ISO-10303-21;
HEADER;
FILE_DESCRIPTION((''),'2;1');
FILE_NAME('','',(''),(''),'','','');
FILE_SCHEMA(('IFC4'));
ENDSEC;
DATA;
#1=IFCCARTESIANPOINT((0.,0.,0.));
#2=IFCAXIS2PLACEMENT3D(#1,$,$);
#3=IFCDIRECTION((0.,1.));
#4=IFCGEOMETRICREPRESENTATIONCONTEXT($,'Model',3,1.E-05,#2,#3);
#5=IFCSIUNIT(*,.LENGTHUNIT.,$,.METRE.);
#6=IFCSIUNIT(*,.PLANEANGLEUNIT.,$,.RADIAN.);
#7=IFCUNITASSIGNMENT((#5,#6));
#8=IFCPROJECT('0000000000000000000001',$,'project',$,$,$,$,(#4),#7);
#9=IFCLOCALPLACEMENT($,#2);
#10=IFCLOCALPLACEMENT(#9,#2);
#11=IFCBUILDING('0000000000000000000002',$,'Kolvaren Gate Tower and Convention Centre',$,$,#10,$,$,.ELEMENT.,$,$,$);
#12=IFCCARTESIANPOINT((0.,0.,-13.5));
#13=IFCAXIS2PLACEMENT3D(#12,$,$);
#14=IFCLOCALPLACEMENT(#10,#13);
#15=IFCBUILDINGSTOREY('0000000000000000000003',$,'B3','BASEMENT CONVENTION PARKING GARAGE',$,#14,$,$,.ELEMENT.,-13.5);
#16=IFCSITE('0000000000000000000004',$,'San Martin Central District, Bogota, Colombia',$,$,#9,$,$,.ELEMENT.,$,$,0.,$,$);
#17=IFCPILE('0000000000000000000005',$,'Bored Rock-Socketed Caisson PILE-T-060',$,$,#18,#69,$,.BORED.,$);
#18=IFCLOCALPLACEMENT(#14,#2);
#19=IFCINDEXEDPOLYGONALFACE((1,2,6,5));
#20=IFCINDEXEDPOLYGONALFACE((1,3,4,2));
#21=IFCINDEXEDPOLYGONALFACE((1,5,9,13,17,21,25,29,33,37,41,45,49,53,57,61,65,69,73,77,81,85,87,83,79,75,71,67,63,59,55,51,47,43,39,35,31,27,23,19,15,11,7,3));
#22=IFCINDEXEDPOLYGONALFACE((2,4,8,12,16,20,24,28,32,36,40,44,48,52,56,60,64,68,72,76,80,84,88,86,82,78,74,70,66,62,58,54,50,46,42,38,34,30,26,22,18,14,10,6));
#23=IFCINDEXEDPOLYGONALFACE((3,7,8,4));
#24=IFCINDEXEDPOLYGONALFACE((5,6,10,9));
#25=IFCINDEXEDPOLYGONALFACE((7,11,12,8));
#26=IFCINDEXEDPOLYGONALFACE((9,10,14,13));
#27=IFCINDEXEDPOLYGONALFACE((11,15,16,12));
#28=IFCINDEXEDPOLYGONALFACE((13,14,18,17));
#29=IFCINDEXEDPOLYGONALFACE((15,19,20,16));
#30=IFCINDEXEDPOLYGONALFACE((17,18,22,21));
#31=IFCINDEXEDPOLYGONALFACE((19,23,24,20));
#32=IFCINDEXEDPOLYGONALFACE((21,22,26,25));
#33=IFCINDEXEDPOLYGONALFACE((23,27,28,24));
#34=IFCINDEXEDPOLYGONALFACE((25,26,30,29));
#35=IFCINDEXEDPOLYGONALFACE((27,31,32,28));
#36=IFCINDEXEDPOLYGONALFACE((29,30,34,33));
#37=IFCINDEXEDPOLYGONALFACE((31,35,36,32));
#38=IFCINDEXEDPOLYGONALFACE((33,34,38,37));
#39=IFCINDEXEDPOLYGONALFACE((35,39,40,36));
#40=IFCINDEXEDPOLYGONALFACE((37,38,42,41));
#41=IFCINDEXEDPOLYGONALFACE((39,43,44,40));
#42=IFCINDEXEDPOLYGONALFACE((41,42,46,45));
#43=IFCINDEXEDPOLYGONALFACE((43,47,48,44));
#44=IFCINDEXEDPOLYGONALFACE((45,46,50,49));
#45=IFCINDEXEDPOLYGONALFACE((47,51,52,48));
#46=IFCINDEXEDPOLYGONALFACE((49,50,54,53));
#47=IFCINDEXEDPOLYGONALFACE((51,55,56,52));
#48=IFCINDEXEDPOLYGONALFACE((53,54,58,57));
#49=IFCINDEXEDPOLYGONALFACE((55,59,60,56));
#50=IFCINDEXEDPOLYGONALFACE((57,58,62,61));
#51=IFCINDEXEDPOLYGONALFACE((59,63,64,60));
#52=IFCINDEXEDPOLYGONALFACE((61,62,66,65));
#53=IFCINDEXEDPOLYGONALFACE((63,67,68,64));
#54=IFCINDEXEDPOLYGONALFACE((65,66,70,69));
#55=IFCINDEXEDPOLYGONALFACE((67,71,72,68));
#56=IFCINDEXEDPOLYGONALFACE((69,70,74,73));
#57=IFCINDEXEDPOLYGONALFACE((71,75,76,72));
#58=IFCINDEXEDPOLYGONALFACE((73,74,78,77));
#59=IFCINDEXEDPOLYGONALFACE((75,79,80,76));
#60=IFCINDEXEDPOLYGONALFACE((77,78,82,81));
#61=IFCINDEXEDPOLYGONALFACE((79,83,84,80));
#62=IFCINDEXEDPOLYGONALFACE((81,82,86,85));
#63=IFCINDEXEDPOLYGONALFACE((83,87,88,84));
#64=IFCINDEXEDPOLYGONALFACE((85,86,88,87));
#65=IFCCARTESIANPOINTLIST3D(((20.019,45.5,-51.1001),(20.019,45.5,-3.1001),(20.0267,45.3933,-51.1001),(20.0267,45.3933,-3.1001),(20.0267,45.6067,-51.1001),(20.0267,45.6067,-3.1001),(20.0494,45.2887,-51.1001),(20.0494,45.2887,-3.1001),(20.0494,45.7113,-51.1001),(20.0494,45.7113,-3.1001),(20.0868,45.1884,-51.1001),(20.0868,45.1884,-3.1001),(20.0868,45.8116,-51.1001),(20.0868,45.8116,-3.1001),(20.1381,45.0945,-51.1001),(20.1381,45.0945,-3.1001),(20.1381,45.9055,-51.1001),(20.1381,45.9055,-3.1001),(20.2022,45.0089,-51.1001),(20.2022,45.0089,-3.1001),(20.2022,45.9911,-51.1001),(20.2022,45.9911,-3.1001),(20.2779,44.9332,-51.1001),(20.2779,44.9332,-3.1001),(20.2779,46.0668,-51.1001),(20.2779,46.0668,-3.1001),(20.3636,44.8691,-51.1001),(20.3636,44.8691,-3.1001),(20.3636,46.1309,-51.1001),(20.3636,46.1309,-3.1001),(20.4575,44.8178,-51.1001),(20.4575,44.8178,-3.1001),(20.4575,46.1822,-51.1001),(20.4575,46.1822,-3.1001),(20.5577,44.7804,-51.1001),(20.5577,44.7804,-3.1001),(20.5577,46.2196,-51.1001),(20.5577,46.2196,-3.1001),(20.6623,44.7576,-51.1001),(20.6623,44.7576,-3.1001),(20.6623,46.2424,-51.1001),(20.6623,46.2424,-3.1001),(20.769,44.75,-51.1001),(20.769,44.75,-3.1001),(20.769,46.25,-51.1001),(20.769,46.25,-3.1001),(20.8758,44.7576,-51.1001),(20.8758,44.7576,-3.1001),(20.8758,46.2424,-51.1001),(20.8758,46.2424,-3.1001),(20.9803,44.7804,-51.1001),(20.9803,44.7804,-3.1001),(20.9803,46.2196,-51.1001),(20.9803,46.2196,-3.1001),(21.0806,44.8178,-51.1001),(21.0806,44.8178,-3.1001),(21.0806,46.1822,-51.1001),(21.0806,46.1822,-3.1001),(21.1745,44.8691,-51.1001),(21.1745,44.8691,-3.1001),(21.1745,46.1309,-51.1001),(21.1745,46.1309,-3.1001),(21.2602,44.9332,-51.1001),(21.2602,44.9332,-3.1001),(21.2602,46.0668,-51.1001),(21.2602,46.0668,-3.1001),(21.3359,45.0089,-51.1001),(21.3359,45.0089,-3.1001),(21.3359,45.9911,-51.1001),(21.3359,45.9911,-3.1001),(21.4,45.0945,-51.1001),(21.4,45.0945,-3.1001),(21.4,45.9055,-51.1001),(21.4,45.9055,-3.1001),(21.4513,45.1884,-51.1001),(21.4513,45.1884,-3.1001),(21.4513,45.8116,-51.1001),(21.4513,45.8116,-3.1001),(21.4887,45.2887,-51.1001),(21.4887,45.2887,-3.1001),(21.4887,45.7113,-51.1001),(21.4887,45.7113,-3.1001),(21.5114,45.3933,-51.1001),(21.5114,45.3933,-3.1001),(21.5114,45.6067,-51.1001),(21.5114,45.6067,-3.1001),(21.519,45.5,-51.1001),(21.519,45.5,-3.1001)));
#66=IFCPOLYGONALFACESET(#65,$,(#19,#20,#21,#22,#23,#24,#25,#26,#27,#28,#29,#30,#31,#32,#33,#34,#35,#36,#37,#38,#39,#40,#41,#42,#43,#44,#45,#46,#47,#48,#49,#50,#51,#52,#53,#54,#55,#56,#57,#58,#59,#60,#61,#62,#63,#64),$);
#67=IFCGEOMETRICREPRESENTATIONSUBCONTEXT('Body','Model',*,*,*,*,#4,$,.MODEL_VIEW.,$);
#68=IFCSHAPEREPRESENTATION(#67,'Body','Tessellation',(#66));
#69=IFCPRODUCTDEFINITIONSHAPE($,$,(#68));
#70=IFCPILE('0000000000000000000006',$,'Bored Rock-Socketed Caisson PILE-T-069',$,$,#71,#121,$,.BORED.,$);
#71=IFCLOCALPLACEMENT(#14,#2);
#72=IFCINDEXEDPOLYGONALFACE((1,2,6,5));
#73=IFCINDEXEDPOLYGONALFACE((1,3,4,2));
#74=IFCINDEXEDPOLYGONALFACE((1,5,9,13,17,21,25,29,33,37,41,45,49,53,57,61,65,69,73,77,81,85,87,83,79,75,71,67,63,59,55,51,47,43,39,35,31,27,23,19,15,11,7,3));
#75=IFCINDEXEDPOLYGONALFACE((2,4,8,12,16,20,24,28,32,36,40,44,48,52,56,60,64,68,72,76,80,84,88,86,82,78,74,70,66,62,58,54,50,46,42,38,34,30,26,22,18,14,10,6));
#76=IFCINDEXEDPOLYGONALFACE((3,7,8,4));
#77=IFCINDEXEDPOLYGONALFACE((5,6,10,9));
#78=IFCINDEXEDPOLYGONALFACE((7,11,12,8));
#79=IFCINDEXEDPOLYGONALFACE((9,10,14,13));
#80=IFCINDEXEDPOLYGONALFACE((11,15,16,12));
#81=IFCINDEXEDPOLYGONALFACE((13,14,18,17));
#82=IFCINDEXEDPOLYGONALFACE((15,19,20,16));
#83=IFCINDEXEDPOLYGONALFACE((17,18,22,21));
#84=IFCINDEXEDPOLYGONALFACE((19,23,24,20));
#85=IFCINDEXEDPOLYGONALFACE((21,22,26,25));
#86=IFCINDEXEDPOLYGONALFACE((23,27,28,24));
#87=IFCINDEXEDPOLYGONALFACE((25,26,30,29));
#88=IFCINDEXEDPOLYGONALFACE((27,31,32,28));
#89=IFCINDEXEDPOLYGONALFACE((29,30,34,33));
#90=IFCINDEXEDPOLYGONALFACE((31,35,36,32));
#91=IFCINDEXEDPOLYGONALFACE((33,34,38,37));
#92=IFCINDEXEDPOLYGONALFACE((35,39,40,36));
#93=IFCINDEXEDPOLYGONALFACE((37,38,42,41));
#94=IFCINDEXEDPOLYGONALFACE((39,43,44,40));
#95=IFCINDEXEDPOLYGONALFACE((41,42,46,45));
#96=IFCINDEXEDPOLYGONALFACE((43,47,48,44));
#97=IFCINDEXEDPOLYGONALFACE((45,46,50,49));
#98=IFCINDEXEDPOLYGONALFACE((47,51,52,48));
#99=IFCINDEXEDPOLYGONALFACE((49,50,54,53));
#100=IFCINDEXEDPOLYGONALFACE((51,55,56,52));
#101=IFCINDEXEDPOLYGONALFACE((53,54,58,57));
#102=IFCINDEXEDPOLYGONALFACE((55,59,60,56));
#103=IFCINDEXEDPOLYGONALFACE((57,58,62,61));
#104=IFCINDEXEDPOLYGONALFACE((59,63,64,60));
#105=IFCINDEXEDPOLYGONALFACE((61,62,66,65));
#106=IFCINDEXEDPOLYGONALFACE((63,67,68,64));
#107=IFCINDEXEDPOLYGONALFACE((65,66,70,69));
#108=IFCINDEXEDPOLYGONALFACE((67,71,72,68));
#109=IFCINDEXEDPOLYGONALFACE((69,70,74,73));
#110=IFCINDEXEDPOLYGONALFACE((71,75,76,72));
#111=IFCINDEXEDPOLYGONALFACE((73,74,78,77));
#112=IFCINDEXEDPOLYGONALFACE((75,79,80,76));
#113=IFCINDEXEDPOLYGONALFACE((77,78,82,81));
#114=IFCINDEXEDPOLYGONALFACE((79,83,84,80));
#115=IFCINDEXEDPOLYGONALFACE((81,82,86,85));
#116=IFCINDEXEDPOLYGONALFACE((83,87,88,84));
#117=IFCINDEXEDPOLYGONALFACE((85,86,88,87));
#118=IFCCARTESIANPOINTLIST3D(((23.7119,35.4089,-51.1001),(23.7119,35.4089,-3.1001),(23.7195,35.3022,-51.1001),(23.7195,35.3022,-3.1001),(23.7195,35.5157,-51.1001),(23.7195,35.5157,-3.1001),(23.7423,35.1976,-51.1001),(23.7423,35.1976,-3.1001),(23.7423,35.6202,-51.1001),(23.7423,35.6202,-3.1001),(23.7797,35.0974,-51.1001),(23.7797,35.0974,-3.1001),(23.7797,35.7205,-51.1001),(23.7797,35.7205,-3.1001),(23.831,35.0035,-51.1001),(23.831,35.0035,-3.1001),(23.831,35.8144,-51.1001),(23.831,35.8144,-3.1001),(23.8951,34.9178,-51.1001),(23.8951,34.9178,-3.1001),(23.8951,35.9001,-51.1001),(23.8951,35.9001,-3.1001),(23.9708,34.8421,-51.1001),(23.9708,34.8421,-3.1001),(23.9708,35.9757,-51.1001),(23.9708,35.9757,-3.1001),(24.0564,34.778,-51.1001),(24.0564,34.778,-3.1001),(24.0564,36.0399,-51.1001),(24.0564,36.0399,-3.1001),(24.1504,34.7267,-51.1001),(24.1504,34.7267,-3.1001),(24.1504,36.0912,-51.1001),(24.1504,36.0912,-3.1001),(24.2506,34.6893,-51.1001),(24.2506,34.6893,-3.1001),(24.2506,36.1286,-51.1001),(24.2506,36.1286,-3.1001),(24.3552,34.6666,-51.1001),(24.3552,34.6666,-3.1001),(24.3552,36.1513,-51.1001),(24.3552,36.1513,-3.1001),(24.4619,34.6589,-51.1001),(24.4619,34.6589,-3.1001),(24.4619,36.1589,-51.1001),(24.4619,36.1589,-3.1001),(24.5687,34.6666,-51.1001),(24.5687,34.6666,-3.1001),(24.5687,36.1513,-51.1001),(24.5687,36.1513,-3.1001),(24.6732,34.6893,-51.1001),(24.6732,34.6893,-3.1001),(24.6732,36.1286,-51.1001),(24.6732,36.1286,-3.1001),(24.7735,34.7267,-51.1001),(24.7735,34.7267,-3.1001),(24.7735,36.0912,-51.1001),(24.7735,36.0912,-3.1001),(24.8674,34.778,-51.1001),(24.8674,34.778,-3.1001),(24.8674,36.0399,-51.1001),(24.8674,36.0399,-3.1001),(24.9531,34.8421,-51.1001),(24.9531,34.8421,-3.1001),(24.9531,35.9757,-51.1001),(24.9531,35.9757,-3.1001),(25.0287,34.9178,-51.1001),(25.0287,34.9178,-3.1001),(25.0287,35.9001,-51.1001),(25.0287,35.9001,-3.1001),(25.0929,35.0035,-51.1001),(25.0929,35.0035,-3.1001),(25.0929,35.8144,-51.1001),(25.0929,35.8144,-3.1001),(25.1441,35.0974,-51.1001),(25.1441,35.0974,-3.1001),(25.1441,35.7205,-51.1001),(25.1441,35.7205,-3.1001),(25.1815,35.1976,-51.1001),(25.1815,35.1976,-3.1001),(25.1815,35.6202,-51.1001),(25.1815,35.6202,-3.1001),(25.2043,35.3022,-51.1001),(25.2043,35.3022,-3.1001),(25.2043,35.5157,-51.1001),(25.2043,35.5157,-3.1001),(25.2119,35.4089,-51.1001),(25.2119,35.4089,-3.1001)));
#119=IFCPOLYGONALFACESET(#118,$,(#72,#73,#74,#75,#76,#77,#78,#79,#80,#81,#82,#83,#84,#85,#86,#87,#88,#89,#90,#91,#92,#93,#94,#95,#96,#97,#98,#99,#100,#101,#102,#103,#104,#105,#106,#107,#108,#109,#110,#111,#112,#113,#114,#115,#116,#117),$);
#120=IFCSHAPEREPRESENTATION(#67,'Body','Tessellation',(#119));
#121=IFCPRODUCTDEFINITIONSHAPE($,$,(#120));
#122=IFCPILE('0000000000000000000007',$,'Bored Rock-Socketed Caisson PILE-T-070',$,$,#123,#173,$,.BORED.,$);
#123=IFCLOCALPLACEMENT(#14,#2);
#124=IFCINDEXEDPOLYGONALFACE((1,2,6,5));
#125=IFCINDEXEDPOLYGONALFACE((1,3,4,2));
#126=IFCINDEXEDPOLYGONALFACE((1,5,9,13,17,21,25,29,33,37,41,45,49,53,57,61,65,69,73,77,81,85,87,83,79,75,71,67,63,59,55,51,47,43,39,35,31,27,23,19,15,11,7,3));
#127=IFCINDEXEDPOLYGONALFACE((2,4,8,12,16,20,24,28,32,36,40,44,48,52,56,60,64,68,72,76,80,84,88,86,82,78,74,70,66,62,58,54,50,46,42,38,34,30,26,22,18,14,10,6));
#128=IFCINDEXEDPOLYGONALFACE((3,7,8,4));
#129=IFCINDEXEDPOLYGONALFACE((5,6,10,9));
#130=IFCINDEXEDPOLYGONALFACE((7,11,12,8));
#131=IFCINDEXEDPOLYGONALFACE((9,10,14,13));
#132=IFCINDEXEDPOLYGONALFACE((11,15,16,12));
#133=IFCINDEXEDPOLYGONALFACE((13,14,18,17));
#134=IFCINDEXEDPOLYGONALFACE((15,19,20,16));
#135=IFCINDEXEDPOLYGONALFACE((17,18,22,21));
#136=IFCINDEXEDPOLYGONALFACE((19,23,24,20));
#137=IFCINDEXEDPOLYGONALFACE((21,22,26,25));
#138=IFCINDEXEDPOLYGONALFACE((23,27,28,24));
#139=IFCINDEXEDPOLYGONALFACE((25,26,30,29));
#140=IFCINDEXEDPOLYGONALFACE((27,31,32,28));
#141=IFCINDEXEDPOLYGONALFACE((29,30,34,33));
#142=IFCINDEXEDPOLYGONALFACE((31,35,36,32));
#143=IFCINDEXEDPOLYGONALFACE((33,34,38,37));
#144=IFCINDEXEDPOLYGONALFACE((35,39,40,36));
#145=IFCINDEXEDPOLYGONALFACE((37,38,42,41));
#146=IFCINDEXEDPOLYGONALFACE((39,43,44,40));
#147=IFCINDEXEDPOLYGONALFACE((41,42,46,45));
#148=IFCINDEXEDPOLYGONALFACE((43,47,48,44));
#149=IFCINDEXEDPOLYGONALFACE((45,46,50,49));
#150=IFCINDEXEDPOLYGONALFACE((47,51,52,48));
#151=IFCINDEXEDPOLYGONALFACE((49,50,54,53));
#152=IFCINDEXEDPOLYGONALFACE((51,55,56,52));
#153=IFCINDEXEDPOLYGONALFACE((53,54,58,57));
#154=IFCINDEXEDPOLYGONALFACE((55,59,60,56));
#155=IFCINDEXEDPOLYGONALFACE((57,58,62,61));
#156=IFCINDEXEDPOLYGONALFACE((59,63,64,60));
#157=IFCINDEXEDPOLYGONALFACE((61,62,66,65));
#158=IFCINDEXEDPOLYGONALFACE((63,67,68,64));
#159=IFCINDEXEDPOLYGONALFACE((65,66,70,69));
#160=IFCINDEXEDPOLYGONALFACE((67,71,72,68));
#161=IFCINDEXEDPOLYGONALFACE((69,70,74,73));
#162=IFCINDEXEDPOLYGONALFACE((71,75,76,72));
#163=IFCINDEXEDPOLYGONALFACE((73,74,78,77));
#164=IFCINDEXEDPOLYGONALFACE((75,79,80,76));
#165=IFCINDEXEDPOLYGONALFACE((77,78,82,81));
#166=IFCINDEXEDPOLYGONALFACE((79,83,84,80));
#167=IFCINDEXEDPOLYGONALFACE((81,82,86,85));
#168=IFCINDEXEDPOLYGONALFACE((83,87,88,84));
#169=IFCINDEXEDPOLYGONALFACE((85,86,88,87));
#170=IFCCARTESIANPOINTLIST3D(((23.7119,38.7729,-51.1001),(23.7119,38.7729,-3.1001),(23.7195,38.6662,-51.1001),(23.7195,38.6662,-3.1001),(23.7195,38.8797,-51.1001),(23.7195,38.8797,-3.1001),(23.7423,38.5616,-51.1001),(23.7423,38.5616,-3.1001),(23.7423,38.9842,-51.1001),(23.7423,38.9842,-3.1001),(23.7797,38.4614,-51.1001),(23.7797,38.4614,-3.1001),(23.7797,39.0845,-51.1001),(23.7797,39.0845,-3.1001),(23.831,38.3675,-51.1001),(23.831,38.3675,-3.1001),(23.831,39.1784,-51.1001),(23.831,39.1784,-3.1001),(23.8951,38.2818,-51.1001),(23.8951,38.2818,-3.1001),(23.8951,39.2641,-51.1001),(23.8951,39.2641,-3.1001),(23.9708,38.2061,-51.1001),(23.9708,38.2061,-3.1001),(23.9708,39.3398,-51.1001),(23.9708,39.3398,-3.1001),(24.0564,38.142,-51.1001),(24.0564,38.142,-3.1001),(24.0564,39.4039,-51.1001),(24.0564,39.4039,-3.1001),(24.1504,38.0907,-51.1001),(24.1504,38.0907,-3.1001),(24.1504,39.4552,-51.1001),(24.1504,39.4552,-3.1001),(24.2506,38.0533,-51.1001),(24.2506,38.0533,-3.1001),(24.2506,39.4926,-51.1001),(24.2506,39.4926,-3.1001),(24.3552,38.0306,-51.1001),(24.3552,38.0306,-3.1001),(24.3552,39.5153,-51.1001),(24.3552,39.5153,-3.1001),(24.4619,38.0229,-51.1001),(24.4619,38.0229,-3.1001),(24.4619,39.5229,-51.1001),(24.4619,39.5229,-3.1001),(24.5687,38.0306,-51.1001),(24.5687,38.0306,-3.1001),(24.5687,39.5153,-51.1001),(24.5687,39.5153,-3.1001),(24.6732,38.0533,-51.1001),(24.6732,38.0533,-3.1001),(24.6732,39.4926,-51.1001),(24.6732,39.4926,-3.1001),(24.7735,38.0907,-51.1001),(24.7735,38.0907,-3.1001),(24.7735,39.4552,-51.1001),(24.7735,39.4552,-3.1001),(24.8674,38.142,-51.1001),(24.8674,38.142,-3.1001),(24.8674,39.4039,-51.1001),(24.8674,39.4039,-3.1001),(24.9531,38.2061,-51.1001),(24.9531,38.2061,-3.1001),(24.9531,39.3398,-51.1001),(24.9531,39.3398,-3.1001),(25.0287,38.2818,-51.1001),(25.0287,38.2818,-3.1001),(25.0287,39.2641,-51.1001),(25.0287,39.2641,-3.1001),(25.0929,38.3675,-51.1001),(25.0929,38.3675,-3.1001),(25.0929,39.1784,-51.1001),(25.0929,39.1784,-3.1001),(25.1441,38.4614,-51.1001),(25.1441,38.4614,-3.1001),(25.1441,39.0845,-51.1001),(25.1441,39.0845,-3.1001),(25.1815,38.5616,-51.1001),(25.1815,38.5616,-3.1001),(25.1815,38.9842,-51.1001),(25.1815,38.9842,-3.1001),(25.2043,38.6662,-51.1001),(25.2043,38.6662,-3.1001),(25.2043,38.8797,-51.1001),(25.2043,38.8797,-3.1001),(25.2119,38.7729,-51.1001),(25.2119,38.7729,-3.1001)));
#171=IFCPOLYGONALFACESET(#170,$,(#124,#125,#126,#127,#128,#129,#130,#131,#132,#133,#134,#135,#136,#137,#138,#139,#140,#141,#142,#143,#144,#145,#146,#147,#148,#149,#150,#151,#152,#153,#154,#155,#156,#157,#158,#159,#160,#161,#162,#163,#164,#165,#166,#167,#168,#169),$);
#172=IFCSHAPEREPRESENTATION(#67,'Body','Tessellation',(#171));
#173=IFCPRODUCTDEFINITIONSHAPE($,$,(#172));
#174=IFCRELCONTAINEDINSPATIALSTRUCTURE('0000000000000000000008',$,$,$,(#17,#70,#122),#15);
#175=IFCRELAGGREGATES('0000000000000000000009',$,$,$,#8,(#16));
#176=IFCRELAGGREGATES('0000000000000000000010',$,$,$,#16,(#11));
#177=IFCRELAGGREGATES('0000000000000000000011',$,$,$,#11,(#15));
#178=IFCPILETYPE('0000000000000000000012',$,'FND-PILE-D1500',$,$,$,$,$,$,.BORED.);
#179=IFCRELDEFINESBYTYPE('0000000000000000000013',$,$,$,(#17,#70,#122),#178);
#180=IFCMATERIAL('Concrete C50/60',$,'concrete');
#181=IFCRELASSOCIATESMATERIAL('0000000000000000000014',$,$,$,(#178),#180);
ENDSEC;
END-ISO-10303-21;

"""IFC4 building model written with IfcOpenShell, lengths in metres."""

from ifc_helpers import new_model, si_unit, direction, frame, origin, origin_2d, place, context, subcontext, project, spatial, circle, extrude, material, material_profile, profile_set, type_object, element, save


model = new_model("IFC4")

# Units and contexts
model_context = context("Model", 3, precision=1e-05, world=origin(), true_north=direction((0.0, 1.0)))
body_context = subcontext(model_context, "Body", "Model", "MODEL_VIEW")
ifc_project = project(units=[si_unit("LENGTHUNIT", "METRE"), si_unit("PLANEANGLEUNIT", "RADIAN")], contexts=[model_context])

# Site, building, storey
site_placement = place(None, origin())
site = spatial("IfcSite", under=ifc_project, at=site_placement, Name="San Martin Central District, Bogota, Colombia", CompositionType="ELEMENT", RefElevation=0.0)
building_placement = place(site_placement, origin())
building = spatial("IfcBuilding", under=site, at=building_placement, Name="Kolvaren Gate Tower and Convention Centre", CompositionType="ELEMENT")
storey_placement = place(building_placement, frame((0.0, 0.0, -13.5)))
storey = spatial("IfcBuildingStorey", under=building, at=storey_placement, Name="B3", Description="BASEMENT CONVENTION PARKING GARAGE", CompositionType="ELEMENT", Elevation=-13.5)

# Piles
ifc_material_1 = material(Name="Concrete C50/60", Category="concrete")
ifc_material_profile_1 = material_profile(ifc_material_1, circle(Radius=0.75, at=origin_2d()), Name="CAISSON-D1500")
ifc_profile_set_1 = profile_set([ifc_material_profile_1], Name="Concrete C50/60")
pile_type = type_object("IfcPileType", Name="FND-PILE-D1500", PredefinedType="BORED", material=ifc_profile_set_1)
for number, where, z_axis, x_axis, name in (
    (1, (20.769, 45.5, -3.1001), (0.0, 0.0, -1.0), (1.0, 0.0, 0.0), "Bored Rock-Socketed Caisson PILE-T-060"),
    (2, (24.4619, 35.4089, -3.1001), (0.0, 0.0, -1.0), (1.0, 0.0, 0.0), "Bored Rock-Socketed Caisson PILE-T-069"),
    (3, (24.4619, 38.7729, -3.1001), (0.0, 0.0, -1.0), (1.0, 0.0, 0.0), "Bored Rock-Socketed Caisson PILE-T-070"),
):
    element("IfcPile", number, at=place(storey_placement, frame(where, z_axis=z_axis, x_axis=x_axis)), inside=storey, type_object=pile_type, Name=name, PredefinedType="BORED", context=body_context, shape_type="SweptSolid", body=[
        extrude(circle(Radius=0.75, at=origin_2d()), origin(), (0.0, 0.0, 1.0), 48.0),
    ])

save(model, "model.ifc")
